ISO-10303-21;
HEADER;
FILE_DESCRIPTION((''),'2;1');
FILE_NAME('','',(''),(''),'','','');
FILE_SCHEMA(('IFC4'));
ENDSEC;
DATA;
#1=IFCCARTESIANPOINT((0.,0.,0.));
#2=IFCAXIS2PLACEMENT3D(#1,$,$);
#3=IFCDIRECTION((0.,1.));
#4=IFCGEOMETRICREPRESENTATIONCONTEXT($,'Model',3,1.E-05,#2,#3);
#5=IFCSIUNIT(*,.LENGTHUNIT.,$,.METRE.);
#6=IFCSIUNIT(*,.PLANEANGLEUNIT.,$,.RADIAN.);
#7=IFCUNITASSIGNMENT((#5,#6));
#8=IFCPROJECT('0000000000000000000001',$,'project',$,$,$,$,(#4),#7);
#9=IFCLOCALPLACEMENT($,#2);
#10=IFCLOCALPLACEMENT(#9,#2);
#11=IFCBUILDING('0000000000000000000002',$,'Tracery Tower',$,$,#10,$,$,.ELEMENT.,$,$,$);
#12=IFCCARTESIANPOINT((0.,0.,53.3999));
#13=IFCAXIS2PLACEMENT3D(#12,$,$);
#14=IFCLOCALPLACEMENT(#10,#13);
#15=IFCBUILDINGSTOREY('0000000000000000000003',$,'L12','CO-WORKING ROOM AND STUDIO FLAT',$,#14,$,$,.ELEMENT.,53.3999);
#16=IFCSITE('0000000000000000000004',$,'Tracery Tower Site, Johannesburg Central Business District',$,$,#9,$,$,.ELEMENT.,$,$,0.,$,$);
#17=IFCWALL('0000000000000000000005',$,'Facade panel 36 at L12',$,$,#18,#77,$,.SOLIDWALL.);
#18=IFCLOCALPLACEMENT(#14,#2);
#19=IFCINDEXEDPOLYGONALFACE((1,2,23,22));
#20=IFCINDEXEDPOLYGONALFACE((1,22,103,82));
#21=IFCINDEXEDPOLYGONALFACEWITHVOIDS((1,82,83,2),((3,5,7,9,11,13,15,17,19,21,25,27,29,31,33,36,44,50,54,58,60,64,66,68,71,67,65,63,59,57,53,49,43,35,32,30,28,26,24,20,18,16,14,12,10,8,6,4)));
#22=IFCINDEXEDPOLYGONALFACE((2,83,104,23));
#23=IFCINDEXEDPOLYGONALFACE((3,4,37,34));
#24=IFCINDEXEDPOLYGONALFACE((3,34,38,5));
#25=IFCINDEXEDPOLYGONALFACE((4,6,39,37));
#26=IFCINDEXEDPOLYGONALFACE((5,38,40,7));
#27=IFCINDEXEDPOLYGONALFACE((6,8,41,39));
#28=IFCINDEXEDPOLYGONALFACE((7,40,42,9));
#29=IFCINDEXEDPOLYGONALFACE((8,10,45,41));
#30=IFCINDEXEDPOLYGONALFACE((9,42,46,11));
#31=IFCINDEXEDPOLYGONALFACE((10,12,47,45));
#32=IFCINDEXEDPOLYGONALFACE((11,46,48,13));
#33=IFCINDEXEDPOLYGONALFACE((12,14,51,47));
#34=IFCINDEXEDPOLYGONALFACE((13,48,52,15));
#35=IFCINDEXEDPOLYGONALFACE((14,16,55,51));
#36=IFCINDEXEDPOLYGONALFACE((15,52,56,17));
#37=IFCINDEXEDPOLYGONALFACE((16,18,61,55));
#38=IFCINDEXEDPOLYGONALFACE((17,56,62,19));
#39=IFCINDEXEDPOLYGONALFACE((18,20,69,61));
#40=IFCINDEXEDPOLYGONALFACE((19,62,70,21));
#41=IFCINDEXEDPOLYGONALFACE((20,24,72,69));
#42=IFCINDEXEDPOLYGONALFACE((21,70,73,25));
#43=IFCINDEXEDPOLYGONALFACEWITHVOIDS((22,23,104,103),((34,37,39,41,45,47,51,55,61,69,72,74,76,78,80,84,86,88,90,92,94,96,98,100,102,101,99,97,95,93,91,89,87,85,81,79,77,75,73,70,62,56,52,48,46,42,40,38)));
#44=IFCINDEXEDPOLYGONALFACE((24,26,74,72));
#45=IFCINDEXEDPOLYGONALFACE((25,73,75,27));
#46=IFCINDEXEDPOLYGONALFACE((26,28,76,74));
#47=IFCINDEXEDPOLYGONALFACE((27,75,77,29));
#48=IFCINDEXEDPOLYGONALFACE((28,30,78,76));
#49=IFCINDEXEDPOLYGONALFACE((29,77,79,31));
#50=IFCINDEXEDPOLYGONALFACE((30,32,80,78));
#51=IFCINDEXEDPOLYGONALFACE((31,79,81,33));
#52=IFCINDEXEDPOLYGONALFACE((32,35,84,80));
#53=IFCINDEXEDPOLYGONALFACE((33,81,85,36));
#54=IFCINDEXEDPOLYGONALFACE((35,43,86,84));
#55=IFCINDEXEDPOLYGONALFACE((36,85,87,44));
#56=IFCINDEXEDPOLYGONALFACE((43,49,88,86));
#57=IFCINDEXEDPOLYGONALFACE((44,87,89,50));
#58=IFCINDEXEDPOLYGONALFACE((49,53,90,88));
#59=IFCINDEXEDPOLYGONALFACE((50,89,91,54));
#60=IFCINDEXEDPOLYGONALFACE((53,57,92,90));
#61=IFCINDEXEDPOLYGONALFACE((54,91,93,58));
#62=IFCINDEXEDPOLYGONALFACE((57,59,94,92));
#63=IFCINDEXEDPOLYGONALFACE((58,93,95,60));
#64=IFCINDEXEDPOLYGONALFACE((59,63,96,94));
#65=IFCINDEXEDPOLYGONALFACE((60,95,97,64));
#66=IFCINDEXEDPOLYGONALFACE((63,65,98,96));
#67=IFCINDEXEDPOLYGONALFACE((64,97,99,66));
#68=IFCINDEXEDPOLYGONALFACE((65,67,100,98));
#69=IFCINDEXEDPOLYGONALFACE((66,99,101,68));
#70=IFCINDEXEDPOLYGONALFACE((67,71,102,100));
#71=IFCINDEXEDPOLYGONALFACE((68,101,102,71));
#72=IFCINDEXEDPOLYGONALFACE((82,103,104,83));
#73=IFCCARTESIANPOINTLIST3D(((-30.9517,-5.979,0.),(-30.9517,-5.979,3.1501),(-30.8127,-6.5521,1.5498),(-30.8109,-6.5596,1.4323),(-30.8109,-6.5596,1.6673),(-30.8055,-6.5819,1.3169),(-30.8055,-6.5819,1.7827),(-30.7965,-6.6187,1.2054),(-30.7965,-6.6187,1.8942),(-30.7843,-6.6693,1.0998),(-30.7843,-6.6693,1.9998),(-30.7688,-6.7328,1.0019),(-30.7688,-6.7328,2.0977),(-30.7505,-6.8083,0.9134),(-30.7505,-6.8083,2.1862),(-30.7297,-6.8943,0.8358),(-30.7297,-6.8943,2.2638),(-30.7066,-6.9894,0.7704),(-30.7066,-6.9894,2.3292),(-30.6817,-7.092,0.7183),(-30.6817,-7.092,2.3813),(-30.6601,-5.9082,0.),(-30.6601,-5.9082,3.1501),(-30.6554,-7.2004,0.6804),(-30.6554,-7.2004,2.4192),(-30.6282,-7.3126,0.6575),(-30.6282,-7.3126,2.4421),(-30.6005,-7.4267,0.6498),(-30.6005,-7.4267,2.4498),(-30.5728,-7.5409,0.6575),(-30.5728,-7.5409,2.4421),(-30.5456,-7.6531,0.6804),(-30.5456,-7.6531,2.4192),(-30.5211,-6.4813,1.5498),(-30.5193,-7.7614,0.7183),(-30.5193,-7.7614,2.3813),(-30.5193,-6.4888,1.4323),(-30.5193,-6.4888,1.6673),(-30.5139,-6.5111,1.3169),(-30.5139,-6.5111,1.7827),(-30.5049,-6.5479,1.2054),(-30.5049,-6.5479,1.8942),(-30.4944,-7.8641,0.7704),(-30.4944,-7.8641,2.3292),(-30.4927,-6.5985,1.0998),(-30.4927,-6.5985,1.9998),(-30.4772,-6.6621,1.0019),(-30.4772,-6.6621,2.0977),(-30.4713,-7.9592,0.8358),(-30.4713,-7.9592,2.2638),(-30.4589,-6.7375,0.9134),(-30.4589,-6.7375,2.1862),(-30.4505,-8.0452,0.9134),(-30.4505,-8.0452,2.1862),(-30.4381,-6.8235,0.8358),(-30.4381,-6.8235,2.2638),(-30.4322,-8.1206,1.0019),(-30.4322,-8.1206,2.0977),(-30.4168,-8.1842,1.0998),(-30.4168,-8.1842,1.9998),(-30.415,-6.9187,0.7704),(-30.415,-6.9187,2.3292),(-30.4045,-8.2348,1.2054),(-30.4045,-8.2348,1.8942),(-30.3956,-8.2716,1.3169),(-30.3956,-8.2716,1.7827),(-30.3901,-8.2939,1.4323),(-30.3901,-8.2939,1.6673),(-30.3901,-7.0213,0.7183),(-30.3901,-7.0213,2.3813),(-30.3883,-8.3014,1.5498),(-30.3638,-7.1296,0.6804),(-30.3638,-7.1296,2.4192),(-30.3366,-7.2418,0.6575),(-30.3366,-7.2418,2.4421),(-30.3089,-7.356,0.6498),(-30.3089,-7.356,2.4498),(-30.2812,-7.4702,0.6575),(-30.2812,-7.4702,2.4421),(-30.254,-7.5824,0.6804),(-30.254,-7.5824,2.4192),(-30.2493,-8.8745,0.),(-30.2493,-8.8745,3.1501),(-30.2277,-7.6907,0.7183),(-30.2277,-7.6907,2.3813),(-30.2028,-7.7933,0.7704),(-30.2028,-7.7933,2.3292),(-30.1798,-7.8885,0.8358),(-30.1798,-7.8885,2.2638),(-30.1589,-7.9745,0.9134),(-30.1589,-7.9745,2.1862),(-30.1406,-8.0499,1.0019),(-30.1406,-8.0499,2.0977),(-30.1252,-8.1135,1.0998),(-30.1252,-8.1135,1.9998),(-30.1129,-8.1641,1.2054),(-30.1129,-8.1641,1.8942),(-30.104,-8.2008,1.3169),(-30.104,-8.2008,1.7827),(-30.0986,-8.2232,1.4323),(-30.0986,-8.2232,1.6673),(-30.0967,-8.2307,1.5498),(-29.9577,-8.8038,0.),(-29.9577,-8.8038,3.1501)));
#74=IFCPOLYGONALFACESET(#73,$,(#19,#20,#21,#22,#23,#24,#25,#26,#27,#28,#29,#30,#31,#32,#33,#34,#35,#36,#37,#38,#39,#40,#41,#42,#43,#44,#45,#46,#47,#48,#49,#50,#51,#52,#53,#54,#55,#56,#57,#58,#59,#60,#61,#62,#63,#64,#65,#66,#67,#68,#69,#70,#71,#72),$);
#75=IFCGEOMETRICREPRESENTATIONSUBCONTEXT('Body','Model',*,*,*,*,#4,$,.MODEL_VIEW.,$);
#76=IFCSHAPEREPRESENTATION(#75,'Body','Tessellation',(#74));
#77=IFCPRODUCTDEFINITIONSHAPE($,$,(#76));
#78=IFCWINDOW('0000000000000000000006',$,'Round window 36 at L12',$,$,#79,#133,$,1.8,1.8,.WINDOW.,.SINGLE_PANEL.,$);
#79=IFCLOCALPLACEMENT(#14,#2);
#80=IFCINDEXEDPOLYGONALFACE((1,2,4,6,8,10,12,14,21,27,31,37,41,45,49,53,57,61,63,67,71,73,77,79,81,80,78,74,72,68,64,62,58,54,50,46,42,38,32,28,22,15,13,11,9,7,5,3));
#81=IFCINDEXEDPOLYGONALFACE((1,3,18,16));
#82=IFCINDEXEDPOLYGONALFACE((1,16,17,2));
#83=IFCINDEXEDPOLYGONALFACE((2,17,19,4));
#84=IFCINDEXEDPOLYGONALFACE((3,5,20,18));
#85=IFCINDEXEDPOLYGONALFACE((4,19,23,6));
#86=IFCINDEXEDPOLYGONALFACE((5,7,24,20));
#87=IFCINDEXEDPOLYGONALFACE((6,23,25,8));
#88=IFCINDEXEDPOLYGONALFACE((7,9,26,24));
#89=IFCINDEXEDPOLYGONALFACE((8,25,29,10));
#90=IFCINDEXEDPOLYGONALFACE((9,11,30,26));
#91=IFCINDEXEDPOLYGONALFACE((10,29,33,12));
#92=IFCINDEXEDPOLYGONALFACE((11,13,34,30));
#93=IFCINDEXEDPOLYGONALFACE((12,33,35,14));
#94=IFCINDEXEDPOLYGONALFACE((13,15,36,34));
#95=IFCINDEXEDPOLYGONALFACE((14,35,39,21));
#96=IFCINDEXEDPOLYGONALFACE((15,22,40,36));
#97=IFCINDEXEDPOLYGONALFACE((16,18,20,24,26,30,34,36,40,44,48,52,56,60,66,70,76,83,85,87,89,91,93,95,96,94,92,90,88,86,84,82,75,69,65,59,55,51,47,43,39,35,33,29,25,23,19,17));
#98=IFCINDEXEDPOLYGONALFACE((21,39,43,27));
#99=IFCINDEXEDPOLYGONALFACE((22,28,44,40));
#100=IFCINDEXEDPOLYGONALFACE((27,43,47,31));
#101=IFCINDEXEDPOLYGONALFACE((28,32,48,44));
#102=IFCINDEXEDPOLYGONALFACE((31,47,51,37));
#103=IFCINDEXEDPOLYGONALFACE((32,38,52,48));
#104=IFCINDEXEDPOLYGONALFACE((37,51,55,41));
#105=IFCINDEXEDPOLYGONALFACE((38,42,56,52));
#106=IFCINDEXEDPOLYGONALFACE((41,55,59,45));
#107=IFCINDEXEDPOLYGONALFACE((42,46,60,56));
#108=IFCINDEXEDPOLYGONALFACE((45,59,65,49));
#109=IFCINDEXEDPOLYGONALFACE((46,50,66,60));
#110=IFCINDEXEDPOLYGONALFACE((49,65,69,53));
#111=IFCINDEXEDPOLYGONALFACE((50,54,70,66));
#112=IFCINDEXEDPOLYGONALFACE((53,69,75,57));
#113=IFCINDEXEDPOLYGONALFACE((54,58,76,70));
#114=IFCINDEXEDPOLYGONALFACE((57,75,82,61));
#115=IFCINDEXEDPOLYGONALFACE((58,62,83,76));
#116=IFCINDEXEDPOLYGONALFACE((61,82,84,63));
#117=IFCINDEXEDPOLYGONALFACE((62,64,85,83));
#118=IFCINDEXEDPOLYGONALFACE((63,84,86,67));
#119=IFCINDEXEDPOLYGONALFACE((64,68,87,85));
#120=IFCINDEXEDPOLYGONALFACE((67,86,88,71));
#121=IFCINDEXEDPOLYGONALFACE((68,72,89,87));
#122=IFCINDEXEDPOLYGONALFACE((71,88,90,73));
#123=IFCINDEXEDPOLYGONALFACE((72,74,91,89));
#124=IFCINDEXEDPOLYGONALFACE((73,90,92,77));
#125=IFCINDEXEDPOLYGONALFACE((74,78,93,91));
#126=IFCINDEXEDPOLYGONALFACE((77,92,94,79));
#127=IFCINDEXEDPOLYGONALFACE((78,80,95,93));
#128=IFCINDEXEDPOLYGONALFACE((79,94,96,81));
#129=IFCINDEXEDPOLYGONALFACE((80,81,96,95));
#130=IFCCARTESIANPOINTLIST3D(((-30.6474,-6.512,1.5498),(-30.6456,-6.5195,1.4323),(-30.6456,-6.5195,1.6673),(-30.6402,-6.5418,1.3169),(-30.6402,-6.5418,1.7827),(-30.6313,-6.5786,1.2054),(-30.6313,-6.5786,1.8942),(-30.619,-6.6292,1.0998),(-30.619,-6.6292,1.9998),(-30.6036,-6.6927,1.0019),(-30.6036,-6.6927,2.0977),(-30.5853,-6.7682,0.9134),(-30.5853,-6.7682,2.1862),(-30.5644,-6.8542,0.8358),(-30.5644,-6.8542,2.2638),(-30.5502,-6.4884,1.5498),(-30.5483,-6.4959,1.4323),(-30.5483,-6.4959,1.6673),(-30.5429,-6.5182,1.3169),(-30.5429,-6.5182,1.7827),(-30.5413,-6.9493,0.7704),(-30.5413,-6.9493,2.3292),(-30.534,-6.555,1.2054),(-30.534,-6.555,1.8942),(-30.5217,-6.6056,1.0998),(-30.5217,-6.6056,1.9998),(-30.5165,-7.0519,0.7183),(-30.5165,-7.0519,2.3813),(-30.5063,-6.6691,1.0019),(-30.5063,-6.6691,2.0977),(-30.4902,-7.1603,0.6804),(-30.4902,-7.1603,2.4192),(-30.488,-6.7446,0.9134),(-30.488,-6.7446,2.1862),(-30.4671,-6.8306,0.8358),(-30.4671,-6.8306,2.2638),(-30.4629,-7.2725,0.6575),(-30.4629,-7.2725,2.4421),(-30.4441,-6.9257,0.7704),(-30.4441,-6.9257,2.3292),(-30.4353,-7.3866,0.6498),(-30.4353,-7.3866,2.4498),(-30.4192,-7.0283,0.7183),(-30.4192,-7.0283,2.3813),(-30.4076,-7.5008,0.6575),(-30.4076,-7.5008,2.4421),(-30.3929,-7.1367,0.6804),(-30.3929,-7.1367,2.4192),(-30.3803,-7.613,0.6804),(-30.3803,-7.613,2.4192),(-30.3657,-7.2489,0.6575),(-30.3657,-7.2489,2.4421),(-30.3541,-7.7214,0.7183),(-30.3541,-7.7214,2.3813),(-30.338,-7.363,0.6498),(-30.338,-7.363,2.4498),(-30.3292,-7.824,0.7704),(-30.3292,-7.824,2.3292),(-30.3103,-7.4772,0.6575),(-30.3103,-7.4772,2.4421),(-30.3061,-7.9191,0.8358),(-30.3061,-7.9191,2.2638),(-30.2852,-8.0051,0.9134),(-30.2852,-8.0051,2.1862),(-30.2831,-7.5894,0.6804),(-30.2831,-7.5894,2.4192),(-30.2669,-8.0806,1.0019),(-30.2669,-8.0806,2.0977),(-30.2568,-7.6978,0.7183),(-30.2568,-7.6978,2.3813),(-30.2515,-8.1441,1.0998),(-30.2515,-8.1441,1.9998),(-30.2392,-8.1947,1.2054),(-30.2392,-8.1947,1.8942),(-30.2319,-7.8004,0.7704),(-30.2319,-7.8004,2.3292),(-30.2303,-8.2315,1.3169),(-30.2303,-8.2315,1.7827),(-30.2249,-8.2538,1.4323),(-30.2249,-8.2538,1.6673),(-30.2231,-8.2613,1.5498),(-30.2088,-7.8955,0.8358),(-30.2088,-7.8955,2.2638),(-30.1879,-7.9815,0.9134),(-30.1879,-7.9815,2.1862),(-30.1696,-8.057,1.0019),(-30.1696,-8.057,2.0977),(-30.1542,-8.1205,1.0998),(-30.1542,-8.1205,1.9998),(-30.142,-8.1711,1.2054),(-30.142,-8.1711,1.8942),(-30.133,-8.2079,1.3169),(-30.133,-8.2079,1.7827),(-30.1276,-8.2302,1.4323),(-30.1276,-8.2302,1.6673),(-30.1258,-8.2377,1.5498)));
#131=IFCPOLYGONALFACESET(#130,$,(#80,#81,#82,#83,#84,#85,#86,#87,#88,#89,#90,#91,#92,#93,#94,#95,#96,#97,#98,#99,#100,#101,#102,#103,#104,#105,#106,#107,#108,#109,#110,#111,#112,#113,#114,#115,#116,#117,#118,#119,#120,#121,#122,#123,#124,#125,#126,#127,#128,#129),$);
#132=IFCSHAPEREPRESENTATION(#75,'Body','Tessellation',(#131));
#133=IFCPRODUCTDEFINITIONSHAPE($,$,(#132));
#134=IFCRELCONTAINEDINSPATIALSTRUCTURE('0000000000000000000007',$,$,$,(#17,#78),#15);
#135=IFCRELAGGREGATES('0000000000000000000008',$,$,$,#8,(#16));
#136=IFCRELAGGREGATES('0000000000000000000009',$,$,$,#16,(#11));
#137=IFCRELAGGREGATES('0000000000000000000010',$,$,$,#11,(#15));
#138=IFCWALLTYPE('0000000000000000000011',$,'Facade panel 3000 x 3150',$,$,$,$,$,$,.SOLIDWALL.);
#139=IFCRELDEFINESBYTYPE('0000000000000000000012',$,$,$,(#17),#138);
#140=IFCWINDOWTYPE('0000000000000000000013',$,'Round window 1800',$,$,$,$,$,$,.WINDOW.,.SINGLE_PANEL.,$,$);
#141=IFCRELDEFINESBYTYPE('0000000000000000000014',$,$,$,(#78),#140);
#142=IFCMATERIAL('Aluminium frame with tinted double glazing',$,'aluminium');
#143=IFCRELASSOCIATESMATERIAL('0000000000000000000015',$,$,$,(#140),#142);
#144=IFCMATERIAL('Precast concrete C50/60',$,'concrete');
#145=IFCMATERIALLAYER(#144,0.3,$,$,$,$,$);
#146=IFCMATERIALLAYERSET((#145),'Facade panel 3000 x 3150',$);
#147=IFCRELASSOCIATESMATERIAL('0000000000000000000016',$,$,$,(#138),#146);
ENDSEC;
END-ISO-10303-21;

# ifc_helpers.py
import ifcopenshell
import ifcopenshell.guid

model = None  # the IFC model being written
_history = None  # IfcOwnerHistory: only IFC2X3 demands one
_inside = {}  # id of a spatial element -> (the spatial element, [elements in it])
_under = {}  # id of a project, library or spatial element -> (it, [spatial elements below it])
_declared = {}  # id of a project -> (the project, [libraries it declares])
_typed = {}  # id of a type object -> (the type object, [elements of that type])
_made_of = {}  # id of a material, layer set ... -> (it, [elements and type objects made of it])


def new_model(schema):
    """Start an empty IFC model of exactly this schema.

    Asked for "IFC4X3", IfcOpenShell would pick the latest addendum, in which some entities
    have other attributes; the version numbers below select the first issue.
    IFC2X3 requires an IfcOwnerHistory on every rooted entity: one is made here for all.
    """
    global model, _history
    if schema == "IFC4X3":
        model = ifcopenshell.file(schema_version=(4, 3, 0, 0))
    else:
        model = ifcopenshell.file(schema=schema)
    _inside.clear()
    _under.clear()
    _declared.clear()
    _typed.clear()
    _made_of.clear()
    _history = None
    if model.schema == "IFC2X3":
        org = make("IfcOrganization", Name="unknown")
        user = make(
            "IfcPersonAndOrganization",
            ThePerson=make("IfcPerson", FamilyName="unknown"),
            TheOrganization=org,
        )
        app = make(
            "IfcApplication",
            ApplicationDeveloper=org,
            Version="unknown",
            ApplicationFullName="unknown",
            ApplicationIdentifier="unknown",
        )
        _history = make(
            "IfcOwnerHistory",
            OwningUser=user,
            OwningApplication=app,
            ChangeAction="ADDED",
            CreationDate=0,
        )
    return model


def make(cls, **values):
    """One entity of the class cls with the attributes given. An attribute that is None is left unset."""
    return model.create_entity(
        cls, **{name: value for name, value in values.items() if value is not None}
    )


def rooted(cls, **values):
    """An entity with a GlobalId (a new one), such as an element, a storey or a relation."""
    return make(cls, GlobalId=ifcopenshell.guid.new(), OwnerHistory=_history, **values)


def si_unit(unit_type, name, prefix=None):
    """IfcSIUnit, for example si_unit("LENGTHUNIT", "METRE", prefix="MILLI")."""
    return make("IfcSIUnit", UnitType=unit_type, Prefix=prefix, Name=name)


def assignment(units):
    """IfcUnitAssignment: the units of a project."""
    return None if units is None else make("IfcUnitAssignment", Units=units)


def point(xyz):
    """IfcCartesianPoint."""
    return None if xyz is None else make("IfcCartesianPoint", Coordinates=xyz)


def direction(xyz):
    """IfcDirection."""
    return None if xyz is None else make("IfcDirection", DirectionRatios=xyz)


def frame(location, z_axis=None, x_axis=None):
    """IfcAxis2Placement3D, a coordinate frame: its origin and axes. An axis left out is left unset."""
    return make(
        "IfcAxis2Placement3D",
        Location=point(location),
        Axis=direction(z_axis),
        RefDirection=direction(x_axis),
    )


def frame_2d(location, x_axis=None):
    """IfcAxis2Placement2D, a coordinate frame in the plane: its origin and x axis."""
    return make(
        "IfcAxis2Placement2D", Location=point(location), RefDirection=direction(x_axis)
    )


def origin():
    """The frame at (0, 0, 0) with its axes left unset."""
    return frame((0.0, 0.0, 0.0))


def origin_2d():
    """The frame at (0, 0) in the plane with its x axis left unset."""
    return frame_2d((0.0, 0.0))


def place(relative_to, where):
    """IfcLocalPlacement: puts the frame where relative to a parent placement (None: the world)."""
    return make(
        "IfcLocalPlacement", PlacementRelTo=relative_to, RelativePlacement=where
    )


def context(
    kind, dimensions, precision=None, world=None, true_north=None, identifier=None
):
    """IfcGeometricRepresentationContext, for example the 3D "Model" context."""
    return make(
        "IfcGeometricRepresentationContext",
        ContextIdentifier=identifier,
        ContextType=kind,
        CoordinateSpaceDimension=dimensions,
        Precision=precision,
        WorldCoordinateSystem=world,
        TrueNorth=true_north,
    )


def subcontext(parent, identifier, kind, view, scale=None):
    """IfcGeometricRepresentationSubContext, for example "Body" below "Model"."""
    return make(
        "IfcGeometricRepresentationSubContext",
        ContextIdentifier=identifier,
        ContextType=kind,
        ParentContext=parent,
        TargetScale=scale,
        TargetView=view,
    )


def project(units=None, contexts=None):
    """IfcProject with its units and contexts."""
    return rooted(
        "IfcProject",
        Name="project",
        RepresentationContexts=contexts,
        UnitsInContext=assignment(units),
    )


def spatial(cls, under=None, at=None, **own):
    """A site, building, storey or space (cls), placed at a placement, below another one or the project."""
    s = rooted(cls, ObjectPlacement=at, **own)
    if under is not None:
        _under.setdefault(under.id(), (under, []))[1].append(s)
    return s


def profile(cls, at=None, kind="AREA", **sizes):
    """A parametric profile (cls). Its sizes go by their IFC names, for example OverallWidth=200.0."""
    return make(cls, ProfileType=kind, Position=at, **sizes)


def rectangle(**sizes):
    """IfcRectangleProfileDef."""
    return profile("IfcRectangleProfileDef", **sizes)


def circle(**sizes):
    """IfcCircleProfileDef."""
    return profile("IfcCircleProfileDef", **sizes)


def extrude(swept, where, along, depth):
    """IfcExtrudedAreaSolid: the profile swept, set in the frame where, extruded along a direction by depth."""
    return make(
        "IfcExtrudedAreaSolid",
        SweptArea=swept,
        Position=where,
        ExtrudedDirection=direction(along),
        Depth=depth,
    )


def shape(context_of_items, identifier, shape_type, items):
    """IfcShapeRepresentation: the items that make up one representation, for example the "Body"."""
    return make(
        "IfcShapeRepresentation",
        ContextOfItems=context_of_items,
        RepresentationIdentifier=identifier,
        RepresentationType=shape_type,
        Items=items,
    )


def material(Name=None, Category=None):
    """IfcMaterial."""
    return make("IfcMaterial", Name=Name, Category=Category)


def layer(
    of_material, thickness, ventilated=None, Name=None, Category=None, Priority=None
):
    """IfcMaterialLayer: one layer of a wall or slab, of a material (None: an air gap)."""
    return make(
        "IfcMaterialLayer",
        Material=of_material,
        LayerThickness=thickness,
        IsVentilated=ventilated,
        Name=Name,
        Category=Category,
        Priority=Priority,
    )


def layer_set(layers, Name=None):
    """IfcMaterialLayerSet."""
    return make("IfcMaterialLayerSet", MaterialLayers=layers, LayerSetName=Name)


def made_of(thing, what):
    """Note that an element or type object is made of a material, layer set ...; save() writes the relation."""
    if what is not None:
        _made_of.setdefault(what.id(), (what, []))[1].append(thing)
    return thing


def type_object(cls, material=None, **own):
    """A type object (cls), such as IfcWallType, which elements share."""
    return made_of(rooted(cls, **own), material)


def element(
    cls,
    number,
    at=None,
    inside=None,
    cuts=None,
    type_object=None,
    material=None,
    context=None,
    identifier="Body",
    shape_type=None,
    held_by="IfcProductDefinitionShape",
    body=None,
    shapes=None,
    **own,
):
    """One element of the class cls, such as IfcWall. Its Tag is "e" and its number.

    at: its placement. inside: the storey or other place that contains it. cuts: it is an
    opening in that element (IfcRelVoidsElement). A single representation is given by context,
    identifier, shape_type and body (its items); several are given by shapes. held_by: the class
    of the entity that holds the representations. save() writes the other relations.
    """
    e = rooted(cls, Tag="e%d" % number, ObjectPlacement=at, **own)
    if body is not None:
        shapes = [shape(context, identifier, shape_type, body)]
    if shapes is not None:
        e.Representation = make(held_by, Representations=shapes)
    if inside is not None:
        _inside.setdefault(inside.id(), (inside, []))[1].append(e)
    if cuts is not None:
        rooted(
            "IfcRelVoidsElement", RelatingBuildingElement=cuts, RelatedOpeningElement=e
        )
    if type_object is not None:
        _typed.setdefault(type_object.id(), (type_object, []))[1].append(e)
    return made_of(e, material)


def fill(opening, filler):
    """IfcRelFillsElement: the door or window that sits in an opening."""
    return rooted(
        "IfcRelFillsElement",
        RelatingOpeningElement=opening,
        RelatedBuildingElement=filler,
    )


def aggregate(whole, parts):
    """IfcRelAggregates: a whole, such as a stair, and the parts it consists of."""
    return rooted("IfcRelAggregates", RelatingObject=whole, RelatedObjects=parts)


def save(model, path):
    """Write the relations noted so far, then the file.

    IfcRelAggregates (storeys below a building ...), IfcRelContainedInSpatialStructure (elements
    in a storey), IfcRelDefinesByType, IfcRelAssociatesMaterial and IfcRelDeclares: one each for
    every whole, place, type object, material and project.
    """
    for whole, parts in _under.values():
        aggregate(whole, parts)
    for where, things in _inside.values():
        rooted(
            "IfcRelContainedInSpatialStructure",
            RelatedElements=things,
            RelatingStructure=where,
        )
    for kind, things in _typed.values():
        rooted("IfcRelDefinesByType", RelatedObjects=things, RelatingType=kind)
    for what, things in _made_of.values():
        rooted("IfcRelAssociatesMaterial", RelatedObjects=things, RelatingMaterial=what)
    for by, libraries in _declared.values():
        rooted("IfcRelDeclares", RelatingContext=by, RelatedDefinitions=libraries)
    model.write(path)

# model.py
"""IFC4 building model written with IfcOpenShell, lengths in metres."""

from ifc_helpers import new_model, si_unit, direction, frame, frame_2d, origin, origin_2d, place, context, subcontext, project, spatial, rectangle, circle, extrude, material, layer, layer_set, type_object, element, fill, save


model = new_model("IFC4")

# Units and contexts
model_context = context("Model", 3, precision=1e-05, world=origin(), true_north=direction((0.0, 1.0)))
body_context = subcontext(model_context, "Body", "Model", "MODEL_VIEW")
ifc_project = project(units=[si_unit("LENGTHUNIT", "METRE"), si_unit("PLANEANGLEUNIT", "RADIAN")], contexts=[model_context])

# Site, building, storey
site_placement = place(None, origin())
site = spatial("IfcSite", under=ifc_project, at=site_placement, Name="Tracery Tower Site, Johannesburg Central Business District", CompositionType="ELEMENT", RefElevation=0.0)
building_placement = place(site_placement, origin())
building = spatial("IfcBuilding", under=site, at=building_placement, Name="Tracery Tower", CompositionType="ELEMENT")
storey_placement = place(building_placement, frame((0.0, 0.0, 53.3999)))
storey = spatial("IfcBuildingStorey", under=building, at=storey_placement, Name="L12", Description="CO-WORKING ROOM AND STUDIO FLAT", CompositionType="ELEMENT", Elevation=53.3999)

# Wall, opening, window
ifc_material_1 = material(Name="Aluminium frame with tinted double glazing", Category="aluminium")
window_type = type_object("IfcWindowType", Name="Round window 1800", PartitioningType="SINGLE_PANEL", PredefinedType="WINDOW", material=ifc_material_1)
ifc_material_2 = material(Name="Precast concrete C50/60", Category="concrete")
ifc_layer_1 = layer(ifc_material_2, 0.3)
ifc_layer_set_1 = layer_set([ifc_layer_1], Name="Facade panel 3000 x 3150")
wall_type_1 = type_object("IfcWallType", Name="Facade panel 3000 x 3150", PredefinedType="SOLIDWALL", material=ifc_layer_set_1)
wall_1_placement = place(storey_placement, frame((-30.8059, -5.9436, 0.0), z_axis=(0.0, 0.0, 1.0), x_axis=(0.235743, -0.971815, 0.0)))
wall_1 = element("IfcWall", 1, at=wall_1_placement, inside=storey, type_object=wall_type_1, Name="Facade panel 36 at L12", PredefinedType="SOLIDWALL", context=body_context, shape_type="SweptSolid", body=[
    extrude(rectangle(XDim=2.9795, YDim=0.3, at=frame_2d((1.4897, 0.0))), origin(), (0.0, 0.0, 1.0), 3.1501),
])
opening_1_placement = place(wall_1_placement, frame((1.4897, 0.0, 1.5498)))
opening_1 = element("IfcOpeningElement", 2, at=opening_1_placement, cuts=wall_1, PredefinedType="OPENING", context=body_context, shape_type="SweptSolid", body=[
    extrude(circle(Radius=0.9, at=origin_2d()), frame((0.0, 0.1599, 0.0), z_axis=(0.0, -1.0, 0.0), x_axis=(1.0, 0.0, 0.0)), (0.0, 0.0, 1.0), 0.3201),
])
window_1_placement = place(opening_1_placement, origin())
window_1 = element("IfcWindow", 3, at=window_1_placement, inside=storey, type_object=window_type, Name="Round window 36 at L12", OverallHeight=1.8, OverallWidth=1.8, PartitioningType="SINGLE_PANEL", PredefinedType="WINDOW", context=body_context, shape_type="SweptSolid", body=[
    extrude(circle(Radius=0.9, at=origin_2d()), frame((0.0, 0.1201, 0.0), z_axis=(0.0, -1.0, 0.0), x_axis=(1.0, 0.0, 0.0)), (0.0, 0.0, 1.0), 0.1001),
])
fill(opening_1, window_1)

save(model, "model.ifc")
